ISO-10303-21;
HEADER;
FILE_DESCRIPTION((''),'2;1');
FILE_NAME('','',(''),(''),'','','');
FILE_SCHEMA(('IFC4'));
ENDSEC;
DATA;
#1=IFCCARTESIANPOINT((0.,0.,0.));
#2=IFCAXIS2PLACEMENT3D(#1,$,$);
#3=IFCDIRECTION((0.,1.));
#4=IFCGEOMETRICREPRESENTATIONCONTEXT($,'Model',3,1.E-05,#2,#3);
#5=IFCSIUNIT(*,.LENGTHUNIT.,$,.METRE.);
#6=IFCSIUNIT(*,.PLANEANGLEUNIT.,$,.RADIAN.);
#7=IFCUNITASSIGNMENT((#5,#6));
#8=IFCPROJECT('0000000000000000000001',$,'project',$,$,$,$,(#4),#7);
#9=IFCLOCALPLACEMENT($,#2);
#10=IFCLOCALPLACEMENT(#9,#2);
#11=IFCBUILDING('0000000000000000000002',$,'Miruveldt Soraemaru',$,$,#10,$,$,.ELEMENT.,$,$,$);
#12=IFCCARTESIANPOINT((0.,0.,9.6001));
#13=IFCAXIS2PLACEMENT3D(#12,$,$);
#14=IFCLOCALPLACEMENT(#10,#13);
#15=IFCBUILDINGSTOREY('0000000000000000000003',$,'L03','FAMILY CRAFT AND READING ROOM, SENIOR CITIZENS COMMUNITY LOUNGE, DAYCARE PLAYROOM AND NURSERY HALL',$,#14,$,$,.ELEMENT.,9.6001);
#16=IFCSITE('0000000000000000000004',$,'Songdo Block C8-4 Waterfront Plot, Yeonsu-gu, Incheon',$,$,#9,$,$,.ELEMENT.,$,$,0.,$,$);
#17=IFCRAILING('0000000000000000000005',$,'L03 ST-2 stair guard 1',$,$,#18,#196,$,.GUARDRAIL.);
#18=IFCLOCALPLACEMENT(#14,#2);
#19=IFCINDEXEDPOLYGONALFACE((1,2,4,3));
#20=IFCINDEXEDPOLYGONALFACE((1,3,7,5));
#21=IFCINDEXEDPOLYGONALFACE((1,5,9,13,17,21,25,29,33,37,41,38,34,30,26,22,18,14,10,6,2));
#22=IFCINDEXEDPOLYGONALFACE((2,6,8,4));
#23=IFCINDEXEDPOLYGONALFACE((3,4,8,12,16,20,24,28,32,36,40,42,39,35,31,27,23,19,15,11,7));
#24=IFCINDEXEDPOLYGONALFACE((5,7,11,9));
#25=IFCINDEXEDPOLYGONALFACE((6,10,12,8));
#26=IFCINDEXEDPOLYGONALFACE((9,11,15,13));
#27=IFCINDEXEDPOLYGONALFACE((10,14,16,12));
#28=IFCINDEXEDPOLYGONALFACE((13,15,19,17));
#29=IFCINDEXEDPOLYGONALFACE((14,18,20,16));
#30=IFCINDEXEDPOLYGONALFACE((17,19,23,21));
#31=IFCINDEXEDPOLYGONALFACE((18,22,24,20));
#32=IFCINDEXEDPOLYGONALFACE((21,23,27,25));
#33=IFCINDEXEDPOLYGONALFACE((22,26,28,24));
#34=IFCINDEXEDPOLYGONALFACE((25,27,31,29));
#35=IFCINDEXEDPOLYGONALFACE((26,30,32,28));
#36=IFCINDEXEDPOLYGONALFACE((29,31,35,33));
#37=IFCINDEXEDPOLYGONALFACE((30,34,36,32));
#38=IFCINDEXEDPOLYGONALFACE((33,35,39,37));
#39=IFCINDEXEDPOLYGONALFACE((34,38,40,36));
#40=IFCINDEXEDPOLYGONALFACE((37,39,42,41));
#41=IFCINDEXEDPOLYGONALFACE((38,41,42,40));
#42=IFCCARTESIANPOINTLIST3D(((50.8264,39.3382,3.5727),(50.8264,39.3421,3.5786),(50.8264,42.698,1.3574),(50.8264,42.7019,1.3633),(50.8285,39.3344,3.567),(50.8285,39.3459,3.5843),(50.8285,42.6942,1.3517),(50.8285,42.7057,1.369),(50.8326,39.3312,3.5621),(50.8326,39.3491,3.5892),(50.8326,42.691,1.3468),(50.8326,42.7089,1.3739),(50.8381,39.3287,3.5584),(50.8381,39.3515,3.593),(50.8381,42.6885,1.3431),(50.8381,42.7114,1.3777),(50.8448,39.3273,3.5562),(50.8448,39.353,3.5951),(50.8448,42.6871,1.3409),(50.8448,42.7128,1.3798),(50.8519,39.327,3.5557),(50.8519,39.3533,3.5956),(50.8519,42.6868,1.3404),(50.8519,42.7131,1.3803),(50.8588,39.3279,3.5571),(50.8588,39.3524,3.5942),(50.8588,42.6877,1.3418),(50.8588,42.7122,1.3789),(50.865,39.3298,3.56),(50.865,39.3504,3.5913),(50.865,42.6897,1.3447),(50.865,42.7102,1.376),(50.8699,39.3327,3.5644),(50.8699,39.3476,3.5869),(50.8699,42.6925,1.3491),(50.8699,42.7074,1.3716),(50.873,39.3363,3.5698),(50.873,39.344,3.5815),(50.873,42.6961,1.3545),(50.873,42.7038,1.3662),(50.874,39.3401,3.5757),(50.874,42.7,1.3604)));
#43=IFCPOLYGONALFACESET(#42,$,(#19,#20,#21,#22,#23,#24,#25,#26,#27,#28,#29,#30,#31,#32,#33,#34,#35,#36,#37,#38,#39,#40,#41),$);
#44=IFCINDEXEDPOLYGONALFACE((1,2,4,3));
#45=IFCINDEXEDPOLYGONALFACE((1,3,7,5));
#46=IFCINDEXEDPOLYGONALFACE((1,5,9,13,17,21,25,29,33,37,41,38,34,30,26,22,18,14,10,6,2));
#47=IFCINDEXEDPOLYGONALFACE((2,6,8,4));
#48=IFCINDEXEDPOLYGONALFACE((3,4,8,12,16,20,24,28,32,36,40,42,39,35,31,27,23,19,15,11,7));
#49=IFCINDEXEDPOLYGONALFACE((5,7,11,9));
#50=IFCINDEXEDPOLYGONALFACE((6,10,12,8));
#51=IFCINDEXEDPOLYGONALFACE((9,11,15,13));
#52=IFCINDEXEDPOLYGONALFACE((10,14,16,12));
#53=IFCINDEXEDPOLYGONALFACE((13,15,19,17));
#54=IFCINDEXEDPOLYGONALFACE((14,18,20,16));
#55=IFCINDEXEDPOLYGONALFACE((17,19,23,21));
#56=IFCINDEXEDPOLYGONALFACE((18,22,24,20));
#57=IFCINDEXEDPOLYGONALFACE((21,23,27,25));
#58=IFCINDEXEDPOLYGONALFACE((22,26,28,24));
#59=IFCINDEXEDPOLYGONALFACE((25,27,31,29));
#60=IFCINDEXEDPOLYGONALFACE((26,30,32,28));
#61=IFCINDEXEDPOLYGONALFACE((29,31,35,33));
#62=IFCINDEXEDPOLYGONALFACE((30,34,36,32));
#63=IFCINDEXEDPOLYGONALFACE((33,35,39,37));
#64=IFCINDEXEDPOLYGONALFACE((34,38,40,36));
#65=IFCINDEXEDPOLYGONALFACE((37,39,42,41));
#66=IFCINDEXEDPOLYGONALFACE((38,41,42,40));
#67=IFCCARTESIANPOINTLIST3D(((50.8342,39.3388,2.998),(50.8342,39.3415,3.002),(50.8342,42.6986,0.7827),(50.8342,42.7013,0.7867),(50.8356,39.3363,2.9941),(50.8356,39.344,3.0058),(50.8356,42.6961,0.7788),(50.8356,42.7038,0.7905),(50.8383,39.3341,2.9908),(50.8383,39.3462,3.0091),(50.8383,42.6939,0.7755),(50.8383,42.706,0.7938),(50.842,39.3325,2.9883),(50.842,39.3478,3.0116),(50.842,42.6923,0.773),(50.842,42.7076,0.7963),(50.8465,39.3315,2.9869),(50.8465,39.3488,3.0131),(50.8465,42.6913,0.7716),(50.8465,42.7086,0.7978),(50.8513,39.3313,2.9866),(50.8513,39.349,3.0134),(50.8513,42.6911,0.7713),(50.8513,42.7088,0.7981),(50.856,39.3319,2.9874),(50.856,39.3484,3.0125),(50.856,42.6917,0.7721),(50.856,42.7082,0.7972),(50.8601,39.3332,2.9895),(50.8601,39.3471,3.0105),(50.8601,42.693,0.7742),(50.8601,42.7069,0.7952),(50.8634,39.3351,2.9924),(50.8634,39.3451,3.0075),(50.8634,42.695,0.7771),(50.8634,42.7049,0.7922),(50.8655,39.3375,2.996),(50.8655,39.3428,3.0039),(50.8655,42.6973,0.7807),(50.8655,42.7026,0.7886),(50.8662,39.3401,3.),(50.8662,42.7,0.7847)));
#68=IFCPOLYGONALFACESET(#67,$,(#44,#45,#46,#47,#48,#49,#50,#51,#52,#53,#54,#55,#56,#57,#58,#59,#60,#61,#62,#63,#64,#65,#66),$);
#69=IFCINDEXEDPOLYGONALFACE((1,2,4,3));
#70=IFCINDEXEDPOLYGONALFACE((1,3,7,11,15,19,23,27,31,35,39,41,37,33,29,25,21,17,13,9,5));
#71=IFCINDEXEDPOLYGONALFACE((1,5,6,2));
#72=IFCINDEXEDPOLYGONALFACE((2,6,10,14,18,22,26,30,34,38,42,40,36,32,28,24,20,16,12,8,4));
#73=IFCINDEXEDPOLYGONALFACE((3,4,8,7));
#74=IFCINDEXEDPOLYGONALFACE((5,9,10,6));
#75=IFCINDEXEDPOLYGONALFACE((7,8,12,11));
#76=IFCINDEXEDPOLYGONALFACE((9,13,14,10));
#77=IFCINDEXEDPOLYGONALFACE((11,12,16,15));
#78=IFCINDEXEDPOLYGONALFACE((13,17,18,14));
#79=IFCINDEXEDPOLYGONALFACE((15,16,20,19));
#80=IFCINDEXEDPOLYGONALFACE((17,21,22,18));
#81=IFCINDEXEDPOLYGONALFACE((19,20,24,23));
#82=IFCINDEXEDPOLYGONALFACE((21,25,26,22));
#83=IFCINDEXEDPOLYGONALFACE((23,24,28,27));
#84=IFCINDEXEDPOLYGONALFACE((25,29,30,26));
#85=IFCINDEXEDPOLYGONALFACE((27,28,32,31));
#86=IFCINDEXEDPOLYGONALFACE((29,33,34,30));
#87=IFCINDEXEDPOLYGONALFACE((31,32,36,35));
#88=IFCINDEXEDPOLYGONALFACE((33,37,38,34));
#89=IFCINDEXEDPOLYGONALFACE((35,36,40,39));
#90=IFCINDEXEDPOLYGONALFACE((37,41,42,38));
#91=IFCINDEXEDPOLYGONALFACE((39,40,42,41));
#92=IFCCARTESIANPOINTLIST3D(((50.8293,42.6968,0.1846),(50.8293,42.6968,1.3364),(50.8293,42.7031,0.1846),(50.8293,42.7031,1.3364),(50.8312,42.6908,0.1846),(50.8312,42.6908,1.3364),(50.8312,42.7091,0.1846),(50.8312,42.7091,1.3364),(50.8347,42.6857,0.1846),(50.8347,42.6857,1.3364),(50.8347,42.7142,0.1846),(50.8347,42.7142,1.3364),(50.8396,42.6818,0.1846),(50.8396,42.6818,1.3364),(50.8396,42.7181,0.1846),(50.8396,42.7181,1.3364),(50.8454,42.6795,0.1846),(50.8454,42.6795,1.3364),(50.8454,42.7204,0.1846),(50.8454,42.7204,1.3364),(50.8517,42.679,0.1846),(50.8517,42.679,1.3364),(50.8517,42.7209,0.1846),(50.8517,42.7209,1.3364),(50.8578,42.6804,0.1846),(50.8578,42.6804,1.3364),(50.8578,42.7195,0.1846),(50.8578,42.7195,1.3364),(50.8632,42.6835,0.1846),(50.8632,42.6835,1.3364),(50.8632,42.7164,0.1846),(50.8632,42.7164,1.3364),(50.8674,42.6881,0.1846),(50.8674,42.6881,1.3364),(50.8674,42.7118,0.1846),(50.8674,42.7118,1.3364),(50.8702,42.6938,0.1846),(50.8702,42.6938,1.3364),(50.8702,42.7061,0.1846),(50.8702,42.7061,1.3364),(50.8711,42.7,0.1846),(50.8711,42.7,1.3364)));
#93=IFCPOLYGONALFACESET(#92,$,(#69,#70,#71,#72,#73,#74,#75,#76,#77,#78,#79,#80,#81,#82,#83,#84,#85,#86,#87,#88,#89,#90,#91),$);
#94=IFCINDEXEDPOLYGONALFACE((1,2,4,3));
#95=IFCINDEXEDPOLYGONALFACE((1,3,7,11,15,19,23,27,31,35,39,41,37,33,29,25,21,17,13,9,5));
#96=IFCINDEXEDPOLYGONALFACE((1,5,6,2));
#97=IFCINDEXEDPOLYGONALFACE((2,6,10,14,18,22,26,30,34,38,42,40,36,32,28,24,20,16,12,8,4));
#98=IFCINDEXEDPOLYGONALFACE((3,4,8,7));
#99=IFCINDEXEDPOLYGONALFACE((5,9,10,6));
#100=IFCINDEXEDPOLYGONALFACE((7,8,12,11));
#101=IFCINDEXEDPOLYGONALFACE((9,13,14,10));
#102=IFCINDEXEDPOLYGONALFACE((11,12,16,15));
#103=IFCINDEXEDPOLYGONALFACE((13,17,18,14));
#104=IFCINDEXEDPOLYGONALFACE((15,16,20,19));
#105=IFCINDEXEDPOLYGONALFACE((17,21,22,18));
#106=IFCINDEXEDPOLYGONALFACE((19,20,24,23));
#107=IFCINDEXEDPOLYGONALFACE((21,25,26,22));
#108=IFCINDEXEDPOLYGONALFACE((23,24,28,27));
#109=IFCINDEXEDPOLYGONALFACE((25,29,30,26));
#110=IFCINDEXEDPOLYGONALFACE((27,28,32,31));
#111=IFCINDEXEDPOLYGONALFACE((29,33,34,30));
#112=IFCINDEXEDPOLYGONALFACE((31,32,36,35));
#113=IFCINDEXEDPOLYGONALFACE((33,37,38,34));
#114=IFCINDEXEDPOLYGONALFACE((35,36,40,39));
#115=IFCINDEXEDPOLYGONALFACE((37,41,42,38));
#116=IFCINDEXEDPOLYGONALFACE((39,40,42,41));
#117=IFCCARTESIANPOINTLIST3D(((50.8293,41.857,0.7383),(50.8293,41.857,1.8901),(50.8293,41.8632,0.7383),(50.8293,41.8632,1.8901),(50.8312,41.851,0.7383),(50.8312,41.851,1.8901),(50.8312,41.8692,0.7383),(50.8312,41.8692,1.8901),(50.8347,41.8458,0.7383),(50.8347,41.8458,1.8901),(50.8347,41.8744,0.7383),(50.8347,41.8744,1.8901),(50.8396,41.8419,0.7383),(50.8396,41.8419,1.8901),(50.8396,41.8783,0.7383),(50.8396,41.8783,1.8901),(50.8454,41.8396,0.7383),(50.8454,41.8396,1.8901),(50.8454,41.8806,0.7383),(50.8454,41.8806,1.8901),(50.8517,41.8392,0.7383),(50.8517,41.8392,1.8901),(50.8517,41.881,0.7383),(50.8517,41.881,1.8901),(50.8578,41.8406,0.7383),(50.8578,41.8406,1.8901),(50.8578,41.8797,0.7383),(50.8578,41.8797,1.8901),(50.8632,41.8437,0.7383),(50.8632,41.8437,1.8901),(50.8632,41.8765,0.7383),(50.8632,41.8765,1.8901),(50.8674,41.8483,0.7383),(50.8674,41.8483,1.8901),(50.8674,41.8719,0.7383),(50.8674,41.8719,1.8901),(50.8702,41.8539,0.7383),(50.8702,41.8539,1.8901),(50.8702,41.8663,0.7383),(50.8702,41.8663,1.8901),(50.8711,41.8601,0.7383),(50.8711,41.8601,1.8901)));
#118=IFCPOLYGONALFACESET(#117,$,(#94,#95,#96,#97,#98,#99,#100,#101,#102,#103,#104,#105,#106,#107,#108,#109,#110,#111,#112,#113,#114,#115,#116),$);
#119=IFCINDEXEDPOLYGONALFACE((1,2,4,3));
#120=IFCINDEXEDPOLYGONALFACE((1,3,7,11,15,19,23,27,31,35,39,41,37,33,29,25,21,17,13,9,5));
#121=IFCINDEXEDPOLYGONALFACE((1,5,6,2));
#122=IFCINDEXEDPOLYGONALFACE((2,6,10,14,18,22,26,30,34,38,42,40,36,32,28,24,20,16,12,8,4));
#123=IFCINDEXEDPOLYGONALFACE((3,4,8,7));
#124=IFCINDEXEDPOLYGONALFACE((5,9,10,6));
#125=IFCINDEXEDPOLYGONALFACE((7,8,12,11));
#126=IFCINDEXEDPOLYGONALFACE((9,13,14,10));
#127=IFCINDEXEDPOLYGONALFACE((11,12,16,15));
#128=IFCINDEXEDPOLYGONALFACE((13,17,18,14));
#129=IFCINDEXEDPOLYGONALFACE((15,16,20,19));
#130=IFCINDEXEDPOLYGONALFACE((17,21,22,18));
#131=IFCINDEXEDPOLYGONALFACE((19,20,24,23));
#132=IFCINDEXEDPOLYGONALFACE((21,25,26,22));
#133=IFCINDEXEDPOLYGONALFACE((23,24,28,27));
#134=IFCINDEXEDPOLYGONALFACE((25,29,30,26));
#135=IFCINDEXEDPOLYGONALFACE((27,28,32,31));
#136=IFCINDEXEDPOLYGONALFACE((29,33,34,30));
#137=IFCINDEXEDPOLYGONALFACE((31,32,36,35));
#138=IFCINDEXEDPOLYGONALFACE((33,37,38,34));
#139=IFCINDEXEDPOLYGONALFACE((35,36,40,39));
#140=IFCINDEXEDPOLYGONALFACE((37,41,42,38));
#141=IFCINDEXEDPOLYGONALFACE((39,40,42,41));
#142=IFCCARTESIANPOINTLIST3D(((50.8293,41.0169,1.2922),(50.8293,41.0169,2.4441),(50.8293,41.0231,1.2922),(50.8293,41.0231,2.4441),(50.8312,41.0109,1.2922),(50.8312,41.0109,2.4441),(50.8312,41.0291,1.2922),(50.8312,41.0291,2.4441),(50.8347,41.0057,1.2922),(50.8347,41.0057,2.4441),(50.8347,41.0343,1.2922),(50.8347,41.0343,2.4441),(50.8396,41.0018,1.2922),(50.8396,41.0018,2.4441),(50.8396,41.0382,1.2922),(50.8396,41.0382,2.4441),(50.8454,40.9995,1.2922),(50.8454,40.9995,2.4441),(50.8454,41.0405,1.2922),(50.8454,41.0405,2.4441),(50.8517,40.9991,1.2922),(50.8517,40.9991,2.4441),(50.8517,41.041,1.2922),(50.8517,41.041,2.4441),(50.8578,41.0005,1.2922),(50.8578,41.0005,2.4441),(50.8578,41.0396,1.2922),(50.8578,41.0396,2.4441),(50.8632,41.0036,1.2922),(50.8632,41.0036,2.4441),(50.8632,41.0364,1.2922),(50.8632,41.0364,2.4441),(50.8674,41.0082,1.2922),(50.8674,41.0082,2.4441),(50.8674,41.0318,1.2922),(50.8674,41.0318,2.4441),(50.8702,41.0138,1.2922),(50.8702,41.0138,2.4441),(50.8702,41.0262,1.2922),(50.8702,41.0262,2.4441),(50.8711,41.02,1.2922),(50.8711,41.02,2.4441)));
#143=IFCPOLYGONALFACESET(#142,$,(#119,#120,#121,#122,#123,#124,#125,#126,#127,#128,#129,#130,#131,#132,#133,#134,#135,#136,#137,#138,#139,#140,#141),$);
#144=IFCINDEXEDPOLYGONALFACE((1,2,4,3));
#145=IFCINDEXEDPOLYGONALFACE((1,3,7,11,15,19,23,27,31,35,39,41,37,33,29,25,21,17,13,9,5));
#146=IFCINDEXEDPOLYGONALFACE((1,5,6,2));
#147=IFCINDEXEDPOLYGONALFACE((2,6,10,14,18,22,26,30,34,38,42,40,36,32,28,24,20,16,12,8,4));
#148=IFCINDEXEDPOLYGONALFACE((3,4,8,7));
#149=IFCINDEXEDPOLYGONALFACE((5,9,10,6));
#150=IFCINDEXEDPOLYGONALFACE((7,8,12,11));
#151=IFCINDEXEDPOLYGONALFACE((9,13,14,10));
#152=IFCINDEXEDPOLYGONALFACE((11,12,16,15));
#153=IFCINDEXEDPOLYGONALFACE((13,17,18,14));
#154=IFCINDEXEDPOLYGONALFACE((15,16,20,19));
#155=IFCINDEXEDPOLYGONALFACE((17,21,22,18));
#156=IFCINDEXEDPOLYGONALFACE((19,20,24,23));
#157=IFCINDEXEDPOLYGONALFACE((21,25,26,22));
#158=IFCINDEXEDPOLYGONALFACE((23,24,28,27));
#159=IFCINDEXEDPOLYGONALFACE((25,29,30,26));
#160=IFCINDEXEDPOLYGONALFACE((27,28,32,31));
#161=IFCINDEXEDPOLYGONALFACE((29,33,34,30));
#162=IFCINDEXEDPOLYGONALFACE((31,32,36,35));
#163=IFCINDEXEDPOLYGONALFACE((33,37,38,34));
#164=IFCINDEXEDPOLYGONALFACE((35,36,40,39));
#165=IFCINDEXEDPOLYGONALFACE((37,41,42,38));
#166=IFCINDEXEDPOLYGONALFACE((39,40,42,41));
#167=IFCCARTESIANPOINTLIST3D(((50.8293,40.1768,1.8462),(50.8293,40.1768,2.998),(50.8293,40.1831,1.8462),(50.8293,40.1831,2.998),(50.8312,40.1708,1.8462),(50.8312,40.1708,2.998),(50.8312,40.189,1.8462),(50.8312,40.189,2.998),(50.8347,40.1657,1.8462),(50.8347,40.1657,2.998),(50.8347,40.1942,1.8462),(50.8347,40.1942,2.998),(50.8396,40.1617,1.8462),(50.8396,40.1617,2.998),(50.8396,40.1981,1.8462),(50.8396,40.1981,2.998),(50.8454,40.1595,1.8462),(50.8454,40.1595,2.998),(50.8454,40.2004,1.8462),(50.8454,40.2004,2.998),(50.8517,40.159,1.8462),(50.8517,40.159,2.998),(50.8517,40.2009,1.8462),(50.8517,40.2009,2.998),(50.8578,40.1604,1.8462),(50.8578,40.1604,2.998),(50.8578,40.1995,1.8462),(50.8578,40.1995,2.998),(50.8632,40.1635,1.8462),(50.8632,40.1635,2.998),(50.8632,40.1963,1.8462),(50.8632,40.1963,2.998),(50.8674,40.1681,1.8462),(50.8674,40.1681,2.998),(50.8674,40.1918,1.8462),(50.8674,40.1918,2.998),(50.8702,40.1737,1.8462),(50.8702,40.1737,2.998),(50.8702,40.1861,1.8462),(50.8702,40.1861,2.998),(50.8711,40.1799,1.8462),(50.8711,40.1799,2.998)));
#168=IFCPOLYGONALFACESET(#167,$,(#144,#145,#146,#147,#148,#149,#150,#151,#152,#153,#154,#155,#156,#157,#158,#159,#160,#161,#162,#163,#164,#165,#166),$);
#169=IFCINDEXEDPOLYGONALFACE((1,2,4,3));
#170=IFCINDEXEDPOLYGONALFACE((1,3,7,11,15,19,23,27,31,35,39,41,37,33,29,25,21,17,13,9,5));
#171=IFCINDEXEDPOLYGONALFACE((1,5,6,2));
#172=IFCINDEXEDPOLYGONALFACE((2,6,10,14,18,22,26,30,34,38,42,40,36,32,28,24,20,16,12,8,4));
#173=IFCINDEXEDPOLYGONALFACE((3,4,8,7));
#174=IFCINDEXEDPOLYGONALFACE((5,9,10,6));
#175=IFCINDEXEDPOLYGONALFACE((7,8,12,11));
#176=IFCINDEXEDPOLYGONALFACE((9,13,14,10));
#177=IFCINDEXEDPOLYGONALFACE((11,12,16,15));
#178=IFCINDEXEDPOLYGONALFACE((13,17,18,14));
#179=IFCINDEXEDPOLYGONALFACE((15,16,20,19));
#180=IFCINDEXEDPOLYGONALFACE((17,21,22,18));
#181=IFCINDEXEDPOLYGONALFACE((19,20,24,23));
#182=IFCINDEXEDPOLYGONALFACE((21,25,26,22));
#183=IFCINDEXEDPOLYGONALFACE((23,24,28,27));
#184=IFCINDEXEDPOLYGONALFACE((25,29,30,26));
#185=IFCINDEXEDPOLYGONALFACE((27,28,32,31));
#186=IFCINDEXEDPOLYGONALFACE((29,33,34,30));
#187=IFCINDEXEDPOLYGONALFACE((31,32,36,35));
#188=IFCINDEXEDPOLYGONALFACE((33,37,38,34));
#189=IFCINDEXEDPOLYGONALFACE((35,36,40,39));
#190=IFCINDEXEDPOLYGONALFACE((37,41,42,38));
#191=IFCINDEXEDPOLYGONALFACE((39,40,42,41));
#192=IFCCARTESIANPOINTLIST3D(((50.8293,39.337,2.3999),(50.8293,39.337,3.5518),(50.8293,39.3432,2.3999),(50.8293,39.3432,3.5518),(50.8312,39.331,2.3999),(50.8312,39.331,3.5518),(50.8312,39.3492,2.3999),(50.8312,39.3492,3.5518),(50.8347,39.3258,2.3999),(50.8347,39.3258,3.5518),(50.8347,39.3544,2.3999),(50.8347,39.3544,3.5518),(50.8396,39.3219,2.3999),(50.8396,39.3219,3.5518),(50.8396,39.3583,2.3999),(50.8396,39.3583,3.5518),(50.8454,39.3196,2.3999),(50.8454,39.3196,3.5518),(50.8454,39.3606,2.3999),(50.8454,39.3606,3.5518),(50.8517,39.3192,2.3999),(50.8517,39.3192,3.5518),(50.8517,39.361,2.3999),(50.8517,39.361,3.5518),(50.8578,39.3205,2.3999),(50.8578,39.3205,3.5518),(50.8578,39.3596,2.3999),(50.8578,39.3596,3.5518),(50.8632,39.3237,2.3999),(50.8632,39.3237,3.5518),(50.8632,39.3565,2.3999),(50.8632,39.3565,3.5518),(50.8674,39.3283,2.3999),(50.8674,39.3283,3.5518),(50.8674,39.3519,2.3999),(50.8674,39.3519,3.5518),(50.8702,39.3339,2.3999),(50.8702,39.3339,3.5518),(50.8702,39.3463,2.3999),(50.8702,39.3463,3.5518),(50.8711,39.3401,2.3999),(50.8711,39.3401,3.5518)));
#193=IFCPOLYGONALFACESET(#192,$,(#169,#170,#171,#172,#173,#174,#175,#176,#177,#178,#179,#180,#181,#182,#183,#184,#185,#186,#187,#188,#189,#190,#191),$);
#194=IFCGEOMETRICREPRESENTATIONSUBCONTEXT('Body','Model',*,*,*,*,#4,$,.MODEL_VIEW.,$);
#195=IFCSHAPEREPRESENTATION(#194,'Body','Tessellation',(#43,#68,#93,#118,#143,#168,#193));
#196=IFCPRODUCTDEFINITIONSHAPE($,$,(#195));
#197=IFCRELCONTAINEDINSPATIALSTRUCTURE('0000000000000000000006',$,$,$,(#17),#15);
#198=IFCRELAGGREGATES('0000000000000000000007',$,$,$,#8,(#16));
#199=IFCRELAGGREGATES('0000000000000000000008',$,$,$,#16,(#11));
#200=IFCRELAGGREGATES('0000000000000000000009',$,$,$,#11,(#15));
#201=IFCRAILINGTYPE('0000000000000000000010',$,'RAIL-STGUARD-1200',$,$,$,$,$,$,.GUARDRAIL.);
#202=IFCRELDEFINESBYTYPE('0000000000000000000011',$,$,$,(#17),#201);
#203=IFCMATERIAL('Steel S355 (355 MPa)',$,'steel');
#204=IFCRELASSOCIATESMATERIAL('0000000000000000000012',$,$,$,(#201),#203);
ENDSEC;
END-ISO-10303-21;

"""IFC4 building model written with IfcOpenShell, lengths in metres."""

from ifc_helpers import new_model, si_unit, direction, frame, origin, origin_2d, place, context, subcontext, project, spatial, circle, extrude, material, type_object, element, save


model = new_model("IFC4")

# Units and contexts
model_context = context("Model", 3, precision=1e-05, world=origin(), true_north=direction((0.0, 1.0)))
body_context = subcontext(model_context, "Body", "Model", "MODEL_VIEW")
ifc_project = project(units=[si_unit("LENGTHUNIT", "METRE"), si_unit("PLANEANGLEUNIT", "RADIAN")], contexts=[model_context])

# Site, building, storey
site_placement = place(None, origin())
site = spatial("IfcSite", under=ifc_project, at=site_placement, Name="Songdo Block C8-4 Waterfront Plot, Yeonsu-gu, Incheon", CompositionType="ELEMENT", RefElevation=0.0)
building_placement = place(site_placement, origin())
building = spatial("IfcBuilding", under=site, at=building_placement, Name="Miruveldt Soraemaru", CompositionType="ELEMENT")
storey_placement = place(building_placement, frame((0.0, 0.0, 9.6001)))
storey = spatial("IfcBuildingStorey", under=building, at=storey_placement, Name="L03", Description="FAMILY CRAFT AND READING ROOM, SENIOR CITIZENS COMMUNITY LOUNGE, DAYCARE PLAYROOM AND NURSERY HALL", CompositionType="ELEMENT", Elevation=9.6001)

# Railing
ifc_material_1 = material(Name="Steel S355 (355 MPa)", Category="steel")
railing_type_1 = type_object("IfcRailingType", Name="RAIL-STGUARD-1200", PredefinedType="GUARDRAIL", material=ifc_material_1)
railing_1_placement = place(storey_placement, frame((50.8501, 42.7, 0.1846)))
element("IfcRailing", 1, at=railing_1_placement, inside=storey, type_object=railing_type_1, Name="L03 ST-2 stair guard 1", PredefinedType="GUARDRAIL", context=body_context, shape_type="SweptSolid", body=[
    extrude(circle(Radius=0.0239, at=origin_2d()), frame((0.0, 0.0, 1.1758), z_axis=(0.0, -0.834858, 0.550465), x_axis=(1.0, 0.0, 0.0)), (0.0, 0.0, 1.0), 4.0244),
    extrude(circle(Radius=0.0161, at=origin_2d()), frame((0.0, 0.0, 0.6001), z_axis=(0.0, -0.834858, 0.550465), x_axis=(1.0, 0.0, 0.0)), (0.0, 0.0, 1.0), 4.0244),
    extrude(circle(Radius=0.021, at=origin_2d()), origin(), (0.0, 0.0, 1.0), 1.1519),
    extrude(circle(Radius=0.021, at=origin_2d()), frame((0.0, -0.8398, 0.5537)), (0.0, 0.0, 1.0), 1.1519),
    extrude(circle(Radius=0.021, at=origin_2d()), frame((0.0, -1.6799, 1.1077)), (0.0, 0.0, 1.0), 1.1519),
    extrude(circle(Radius=0.021, at=origin_2d()), frame((0.0, -2.52, 1.6616)), (0.0, 0.0, 1.0), 1.1519),
    extrude(circle(Radius=0.021, at=origin_2d()), frame((0.0, -3.3599, 2.2153)), (0.0, 0.0, 1.0), 1.1519),
])

save(model, "model.ifc")
